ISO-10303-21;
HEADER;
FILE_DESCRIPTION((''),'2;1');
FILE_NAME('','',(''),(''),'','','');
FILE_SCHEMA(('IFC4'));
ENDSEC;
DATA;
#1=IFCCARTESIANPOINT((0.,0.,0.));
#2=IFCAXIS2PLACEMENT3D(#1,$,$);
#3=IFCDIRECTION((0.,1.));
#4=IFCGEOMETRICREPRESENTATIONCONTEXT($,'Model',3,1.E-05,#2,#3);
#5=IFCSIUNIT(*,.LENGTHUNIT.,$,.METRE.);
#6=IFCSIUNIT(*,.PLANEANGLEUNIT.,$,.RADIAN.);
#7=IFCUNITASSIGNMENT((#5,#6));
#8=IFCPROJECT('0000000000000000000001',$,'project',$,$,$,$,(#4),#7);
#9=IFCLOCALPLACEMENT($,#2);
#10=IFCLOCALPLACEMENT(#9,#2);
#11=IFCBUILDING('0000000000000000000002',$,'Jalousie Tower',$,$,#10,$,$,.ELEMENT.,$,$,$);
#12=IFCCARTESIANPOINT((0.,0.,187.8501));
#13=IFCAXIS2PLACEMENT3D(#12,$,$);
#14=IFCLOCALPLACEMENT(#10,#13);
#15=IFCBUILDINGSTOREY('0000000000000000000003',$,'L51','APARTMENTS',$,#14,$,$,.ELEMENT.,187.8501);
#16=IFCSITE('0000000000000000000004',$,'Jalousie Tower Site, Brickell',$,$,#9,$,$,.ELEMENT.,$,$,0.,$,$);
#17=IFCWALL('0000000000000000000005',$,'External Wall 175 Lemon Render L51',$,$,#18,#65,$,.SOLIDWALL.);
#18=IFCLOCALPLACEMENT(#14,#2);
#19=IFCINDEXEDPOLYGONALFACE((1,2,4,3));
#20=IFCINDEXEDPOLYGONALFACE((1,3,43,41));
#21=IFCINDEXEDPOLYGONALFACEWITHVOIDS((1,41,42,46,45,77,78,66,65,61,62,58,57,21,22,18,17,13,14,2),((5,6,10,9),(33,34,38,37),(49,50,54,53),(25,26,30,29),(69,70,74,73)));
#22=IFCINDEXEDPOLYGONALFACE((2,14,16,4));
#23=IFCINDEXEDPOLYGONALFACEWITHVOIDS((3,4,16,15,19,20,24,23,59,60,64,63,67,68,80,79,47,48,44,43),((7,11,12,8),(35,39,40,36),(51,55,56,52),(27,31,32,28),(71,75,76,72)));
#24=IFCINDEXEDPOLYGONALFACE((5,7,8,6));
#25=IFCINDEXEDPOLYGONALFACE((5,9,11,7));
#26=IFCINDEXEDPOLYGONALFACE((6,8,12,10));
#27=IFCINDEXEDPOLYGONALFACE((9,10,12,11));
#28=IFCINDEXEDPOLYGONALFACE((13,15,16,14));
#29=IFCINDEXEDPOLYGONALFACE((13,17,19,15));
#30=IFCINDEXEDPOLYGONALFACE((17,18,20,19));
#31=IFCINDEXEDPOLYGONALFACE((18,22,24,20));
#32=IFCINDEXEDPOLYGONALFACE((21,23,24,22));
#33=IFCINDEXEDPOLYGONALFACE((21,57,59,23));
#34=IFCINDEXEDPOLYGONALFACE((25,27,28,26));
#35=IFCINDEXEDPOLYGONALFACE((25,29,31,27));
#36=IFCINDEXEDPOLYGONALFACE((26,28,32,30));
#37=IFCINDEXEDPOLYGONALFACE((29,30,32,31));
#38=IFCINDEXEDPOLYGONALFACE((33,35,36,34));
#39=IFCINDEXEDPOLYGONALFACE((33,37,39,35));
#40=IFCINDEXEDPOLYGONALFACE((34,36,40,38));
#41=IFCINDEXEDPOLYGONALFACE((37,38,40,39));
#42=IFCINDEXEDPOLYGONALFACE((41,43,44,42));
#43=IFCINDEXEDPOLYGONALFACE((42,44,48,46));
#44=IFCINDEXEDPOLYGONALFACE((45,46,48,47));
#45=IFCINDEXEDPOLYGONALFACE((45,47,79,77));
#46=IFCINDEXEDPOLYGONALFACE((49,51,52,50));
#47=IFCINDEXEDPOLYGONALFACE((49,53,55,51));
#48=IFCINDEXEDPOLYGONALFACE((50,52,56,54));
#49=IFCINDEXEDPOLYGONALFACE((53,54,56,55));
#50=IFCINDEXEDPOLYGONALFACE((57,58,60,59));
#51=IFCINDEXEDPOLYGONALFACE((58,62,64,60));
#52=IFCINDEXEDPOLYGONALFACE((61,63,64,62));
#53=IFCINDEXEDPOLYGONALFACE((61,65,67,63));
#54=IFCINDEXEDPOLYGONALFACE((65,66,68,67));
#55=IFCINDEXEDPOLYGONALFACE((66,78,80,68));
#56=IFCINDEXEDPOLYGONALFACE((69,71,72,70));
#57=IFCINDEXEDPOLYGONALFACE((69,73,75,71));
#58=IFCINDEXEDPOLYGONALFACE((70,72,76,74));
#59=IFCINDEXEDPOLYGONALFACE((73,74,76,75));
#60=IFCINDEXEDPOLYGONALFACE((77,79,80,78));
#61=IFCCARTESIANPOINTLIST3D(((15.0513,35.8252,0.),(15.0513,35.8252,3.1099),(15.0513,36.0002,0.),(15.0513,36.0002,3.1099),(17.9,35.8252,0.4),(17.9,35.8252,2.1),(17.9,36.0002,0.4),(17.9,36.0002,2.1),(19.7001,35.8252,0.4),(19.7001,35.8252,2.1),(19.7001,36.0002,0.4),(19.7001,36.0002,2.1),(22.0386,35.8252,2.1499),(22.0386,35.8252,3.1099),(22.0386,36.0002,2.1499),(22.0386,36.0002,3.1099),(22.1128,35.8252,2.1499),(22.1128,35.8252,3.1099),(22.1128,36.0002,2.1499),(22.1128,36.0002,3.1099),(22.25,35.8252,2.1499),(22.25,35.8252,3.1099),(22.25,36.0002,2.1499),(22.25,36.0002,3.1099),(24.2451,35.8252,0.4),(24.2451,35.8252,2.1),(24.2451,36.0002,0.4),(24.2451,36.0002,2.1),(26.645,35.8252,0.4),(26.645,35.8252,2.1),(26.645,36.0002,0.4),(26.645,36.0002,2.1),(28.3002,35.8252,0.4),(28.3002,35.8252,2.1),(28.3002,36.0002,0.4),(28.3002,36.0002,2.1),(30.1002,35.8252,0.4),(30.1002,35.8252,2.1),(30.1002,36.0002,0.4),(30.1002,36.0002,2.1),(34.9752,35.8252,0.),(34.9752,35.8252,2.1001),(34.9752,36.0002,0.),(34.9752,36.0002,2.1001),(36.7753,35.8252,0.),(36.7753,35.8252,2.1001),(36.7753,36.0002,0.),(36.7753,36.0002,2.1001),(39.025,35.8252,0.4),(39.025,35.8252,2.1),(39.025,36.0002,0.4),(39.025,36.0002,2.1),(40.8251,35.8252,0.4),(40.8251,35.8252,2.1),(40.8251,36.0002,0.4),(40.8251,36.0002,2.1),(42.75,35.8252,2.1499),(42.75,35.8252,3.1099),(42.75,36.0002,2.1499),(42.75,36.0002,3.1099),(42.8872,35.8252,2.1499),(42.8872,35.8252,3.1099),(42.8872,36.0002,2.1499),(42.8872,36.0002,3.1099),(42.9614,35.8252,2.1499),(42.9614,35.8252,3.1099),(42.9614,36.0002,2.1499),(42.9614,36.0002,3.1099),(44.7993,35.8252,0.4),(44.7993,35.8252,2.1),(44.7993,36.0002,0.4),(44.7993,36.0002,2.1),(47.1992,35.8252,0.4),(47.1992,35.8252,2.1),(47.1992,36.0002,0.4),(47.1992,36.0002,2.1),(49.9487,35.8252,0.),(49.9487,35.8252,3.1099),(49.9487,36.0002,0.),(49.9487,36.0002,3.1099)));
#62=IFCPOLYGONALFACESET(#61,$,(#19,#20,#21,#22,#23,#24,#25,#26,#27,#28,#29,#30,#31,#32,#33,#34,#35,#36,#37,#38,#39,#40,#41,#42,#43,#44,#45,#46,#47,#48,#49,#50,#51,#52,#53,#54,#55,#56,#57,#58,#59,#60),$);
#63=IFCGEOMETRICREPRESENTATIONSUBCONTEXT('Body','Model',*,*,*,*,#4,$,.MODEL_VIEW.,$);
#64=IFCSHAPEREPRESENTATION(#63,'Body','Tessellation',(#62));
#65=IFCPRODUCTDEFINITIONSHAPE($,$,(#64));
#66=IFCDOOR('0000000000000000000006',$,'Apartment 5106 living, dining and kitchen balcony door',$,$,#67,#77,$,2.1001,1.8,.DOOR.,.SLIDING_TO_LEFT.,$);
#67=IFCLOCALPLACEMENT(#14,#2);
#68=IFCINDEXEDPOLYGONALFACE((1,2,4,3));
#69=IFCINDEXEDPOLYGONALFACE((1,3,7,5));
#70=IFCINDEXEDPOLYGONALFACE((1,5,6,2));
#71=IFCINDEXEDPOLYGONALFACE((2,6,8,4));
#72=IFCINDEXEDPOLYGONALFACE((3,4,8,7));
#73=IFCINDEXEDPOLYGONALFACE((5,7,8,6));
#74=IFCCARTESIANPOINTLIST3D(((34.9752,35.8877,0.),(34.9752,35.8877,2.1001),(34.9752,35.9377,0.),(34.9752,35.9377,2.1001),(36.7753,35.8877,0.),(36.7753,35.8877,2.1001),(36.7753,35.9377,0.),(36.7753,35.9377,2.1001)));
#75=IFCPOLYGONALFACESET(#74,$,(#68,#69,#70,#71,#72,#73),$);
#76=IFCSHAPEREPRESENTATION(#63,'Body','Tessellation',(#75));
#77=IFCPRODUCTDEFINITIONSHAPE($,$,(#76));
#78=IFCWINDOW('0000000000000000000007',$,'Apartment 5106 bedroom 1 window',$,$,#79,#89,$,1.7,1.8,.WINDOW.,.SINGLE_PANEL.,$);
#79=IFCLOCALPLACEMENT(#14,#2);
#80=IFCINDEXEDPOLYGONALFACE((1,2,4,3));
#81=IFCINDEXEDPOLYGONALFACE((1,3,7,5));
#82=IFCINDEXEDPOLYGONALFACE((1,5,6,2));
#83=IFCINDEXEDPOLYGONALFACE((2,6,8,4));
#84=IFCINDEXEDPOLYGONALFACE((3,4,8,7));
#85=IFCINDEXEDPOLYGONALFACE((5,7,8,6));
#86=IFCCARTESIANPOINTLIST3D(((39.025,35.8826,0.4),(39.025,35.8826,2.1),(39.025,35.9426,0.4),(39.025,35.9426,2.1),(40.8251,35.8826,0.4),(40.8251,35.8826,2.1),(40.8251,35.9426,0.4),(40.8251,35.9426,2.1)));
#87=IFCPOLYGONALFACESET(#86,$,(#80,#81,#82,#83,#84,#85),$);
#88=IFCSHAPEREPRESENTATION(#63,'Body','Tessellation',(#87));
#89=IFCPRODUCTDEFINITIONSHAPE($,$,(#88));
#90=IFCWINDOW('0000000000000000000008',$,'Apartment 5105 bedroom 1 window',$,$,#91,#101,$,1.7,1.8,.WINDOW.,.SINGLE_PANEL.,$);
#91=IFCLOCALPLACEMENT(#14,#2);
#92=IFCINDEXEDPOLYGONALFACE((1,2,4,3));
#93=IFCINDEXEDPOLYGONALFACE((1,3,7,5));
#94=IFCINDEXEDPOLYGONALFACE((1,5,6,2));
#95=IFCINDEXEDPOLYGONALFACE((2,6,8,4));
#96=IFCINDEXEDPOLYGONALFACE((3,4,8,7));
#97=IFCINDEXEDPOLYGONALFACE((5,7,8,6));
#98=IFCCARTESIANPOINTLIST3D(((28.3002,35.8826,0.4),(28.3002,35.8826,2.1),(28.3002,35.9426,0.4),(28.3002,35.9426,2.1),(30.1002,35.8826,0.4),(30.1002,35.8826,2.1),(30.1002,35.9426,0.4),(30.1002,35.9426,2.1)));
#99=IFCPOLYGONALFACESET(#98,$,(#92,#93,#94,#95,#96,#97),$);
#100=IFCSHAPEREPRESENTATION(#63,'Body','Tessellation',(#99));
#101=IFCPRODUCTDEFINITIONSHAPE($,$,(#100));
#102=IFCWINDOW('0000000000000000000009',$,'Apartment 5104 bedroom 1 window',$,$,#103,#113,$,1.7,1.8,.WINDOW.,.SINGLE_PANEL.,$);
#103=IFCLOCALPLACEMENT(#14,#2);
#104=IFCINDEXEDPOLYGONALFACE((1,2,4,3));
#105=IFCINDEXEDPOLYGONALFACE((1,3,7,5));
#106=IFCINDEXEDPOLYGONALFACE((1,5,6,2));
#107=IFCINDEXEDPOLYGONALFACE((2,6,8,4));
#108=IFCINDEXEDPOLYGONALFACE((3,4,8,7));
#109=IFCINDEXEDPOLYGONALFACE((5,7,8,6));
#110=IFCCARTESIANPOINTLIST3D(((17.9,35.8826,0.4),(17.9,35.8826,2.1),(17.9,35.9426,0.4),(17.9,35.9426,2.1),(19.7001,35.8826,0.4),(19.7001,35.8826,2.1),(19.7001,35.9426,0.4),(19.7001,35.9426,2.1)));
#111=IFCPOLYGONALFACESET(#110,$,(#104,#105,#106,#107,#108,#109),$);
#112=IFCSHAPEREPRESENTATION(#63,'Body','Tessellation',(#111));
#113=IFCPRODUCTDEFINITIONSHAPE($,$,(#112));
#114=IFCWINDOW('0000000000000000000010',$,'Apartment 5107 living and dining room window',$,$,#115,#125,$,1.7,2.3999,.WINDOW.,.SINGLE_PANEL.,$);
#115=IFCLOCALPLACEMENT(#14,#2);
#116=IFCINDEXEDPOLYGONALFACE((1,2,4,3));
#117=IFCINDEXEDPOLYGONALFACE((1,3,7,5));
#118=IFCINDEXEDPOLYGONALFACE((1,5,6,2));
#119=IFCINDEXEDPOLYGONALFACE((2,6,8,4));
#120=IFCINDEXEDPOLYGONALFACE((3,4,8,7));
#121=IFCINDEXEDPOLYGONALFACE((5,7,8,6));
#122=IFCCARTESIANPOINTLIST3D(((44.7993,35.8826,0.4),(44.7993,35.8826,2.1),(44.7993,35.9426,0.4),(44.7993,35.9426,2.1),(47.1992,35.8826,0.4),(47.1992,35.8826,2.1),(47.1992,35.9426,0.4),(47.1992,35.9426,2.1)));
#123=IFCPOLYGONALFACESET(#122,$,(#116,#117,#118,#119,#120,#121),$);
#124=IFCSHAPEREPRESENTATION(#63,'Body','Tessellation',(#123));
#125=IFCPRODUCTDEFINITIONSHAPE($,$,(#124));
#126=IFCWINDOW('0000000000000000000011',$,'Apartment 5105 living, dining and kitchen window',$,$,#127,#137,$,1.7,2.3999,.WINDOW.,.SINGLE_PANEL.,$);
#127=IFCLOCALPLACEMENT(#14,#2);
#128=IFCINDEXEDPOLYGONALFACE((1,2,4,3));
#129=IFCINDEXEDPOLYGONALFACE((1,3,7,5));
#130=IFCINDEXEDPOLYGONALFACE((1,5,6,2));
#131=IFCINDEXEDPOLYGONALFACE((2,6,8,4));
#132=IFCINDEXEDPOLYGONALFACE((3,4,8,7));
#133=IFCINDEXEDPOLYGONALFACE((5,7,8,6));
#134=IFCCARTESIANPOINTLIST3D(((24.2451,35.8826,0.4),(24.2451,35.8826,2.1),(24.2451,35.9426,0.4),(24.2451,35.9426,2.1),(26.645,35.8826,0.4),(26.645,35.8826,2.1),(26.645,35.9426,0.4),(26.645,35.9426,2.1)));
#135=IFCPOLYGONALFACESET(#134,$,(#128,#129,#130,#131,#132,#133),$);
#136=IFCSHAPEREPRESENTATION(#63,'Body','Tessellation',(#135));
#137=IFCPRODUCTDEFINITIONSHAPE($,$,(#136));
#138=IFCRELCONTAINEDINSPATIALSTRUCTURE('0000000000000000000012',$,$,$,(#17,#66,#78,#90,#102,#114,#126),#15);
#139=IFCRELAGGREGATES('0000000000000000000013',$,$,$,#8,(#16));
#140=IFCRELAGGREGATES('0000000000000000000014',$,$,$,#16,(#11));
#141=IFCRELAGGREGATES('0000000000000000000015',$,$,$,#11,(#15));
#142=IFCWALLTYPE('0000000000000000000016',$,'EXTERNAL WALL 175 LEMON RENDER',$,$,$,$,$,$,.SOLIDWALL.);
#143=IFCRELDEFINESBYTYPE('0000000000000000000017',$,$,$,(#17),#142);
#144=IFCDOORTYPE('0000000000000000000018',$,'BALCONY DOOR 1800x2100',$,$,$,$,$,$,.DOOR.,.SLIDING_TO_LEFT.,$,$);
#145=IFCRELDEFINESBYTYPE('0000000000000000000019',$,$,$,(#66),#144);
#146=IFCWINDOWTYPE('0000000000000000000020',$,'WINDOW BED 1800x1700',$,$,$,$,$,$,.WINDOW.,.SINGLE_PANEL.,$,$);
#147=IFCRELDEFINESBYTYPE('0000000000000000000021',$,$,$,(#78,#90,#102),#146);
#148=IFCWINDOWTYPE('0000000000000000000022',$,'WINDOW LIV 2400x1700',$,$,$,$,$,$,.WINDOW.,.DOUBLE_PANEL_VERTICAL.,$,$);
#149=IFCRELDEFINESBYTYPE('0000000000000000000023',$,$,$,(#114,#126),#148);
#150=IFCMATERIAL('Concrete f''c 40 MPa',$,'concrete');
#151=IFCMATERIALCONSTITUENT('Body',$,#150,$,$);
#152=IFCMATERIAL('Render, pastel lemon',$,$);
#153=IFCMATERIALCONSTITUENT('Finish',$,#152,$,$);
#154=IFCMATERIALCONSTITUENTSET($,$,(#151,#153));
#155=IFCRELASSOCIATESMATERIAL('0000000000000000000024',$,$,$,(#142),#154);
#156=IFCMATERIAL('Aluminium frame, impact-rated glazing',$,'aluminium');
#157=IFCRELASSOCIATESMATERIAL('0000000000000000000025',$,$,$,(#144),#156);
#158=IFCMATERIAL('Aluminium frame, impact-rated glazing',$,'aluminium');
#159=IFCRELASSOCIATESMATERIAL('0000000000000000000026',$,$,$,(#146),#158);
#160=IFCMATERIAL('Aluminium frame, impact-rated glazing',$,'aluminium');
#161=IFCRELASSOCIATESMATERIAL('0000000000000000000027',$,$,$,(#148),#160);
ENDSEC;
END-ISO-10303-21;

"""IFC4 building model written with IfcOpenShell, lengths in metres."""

from ifc_helpers import new_model, si_unit, direction, frame, frame_2d, origin, place, context, subcontext, project, spatial, polyline, rectangle, outline, extrude, material, constituent, constituent_set, type_object, element, fill, save


model = new_model("IFC4")

# Units and contexts
model_context = context("Model", 3, precision=1e-05, world=origin(), true_north=direction((0.0, 1.0)))
body_context = subcontext(model_context, "Body", "Model", "MODEL_VIEW")
ifc_project = project(units=[si_unit("LENGTHUNIT", "METRE"), si_unit("PLANEANGLEUNIT", "RADIAN")], contexts=[model_context])

# Site, building, storey
site_placement = place(None, origin())
site = spatial("IfcSite", under=ifc_project, at=site_placement, Name="Jalousie Tower Site, Brickell", CompositionType="ELEMENT", RefElevation=0.0)
building_placement = place(site_placement, origin())
building = spatial("IfcBuilding", under=site, at=building_placement, Name="Jalousie Tower", CompositionType="ELEMENT")
storey_placement = place(building_placement, frame((0.0, 0.0, 187.8501)))
storey = spatial("IfcBuildingStorey", under=building, at=storey_placement, Name="L51", Description="APARTMENTS", CompositionType="ELEMENT", Elevation=187.8501)

# Wall, openings, door, windows
ifc_material_1 = material(Name="Concrete f'c 40 MPa", Category="concrete")
ifc_constituent_1 = constituent(ifc_material_1, Name="Body")
ifc_material_2 = material(Name="Render, pastel lemon")
ifc_constituent_2 = constituent(ifc_material_2, Name="Finish")
ifc_constituent_set_1 = constituent_set(constituents=[ifc_constituent_1, ifc_constituent_2])
wall_type_1 = type_object("IfcWallType", Name="EXTERNAL WALL 175 LEMON RENDER", PredefinedType="SOLIDWALL", material=ifc_constituent_set_1)
wall_1_placement = place(storey_placement, frame((49.9487, 35.9126, 0.0), z_axis=(0.0, 0.0, 1.0), x_axis=(-1.0, 0.0, 0.0)))
wall_1 = element("IfcWall", 1, at=wall_1_placement, inside=storey, type_object=wall_type_1, Name="External Wall 175 Lemon Render L51", PredefinedType="SOLIDWALL", context=body_context, shape_type="SweptSolid", body=[
    extrude(outline(polyline([(0.0, 0.0), (34.8975, 0.0), (34.8975, 3.1099), (27.9102, 3.1099), (27.9102, 2.1499), (27.8359, 2.1499), (27.8359, 3.1099), (27.6987, 3.1099), (27.6987, 2.1499), (7.1987, 2.1499), (7.1987, 3.1099), (7.0615, 3.1099), (7.0615, 2.1499), (6.9873, 2.1499), (6.9873, 3.1099), (0.0, 3.1099), (0.0, 0.0)])), frame((0.0, 0.0874, 0.0), z_axis=(0.0, -1.0, 0.0), x_axis=(1.0, 0.0, 0.0)), (0.0, 0.0, 1.0), 0.175),
])
opening_1_placement = place(wall_1_placement, frame((2.7495, 0.0, 0.3999)))
opening_1 = element("IfcOpeningElement", 2, at=opening_1_placement, cuts=wall_1, PredefinedType="OPENING", context=body_context, shape_type="SweptSolid", body=[
    extrude(rectangle(XDim=2.3999, YDim=1.7, at=frame_2d((1.2, 0.8501))), frame((0.0, 0.0974, 0.0), z_axis=(0.0, -1.0, 0.0), x_axis=(1.0, 0.0, 0.0)), (0.0, 0.0, 1.0), 0.1951),
])
opening_2_placement = place(wall_1_placement, frame((9.1238, 0.0, 0.3999)))
opening_2 = element("IfcOpeningElement", 3, at=opening_2_placement, cuts=wall_1, PredefinedType="OPENING", context=body_context, shape_type="SweptSolid", body=[
    extrude(rectangle(XDim=1.8, YDim=1.7, at=frame_2d((0.8999, 0.8501))), frame((0.0, 0.0974, 0.0), z_axis=(0.0, -1.0, 0.0), x_axis=(1.0, 0.0, 0.0)), (0.0, 0.0, 1.0), 0.1951),
])
opening_3_placement = place(wall_1_placement, frame((13.1736, 0.0, 0.0)))
opening_3 = element("IfcOpeningElement", 4, at=opening_3_placement, cuts=wall_1, PredefinedType="OPENING", context=body_context, shape_type="SweptSolid", body=[
    extrude(rectangle(XDim=1.8, YDim=2.1001, at=frame_2d((0.8999, 1.05))), frame((0.0, 0.0974, 0.0), z_axis=(0.0, -1.0, 0.0), x_axis=(1.0, 0.0, 0.0)), (0.0, 0.0, 1.0), 0.1951),
])
opening_4_placement = place(wall_1_placement, frame((19.8486, 0.0, 0.3999)))
opening_4 = element("IfcOpeningElement", 5, at=opening_4_placement, cuts=wall_1, PredefinedType="OPENING", context=body_context, shape_type="SweptSolid", body=[
    extrude(rectangle(XDim=1.8, YDim=1.7, at=frame_2d((0.8999, 0.8501))), frame((0.0, 0.0974, 0.0), z_axis=(0.0, -1.0, 0.0), x_axis=(1.0, 0.0, 0.0)), (0.0, 0.0, 1.0), 0.1951),
])
opening_5_placement = place(wall_1_placement, frame((23.3037, 0.0, 0.3999)))
opening_5 = element("IfcOpeningElement", 6, at=opening_5_placement, cuts=wall_1, PredefinedType="OPENING", context=body_context, shape_type="SweptSolid", body=[
    extrude(rectangle(XDim=2.3999, YDim=1.7, at=frame_2d((1.2, 0.8501))), frame((0.0, 0.0974, 0.0), z_axis=(0.0, -1.0, 0.0), x_axis=(1.0, 0.0, 0.0)), (0.0, 0.0, 1.0), 0.1951),
])
opening_6_placement = place(wall_1_placement, frame((30.2488, 0.0, 0.3999)))
opening_6 = element("IfcOpeningElement", 7, at=opening_6_placement, cuts=wall_1, PredefinedType="OPENING", context=body_context, shape_type="SweptSolid", body=[
    extrude(rectangle(XDim=1.8, YDim=1.7, at=frame_2d((0.8999, 0.8501))), frame((0.0, 0.0974, 0.0), z_axis=(0.0, -1.0, 0.0), x_axis=(1.0, 0.0, 0.0)), (0.0, 0.0, 1.0), 0.1951),
])
ifc_material_3 = material(Name="Aluminium frame, impact-rated glazing", Category="aluminium")
door_type_1 = type_object("IfcDoorType", Name="BALCONY DOOR 1800x2100", OperationType="SLIDING_TO_LEFT", PredefinedType="DOOR", material=ifc_material_3)
door_1_placement = place(opening_3_placement, origin())
door_1 = element("IfcDoor", 8, at=door_1_placement, inside=storey, type_object=door_type_1, Name="Apartment 5106 living, dining and kitchen balcony door", OperationType="SLIDING_TO_LEFT", OverallHeight=2.1001, OverallWidth=1.8, PredefinedType="DOOR", context=body_context, shape_type="SweptSolid", body=[
    extrude(rectangle(XDim=1.8, YDim=2.1001, at=frame_2d((0.8999, 1.05))), frame((0.0, 0.0249, 0.0), z_axis=(0.0, -1.0, 0.0), x_axis=(1.0, 0.0, 0.0)), (0.0, 0.0, 1.0), 0.05),
])
fill(opening_3, door_1)
ifc_material_4 = material(Name="Aluminium frame, impact-rated glazing", Category="aluminium")
window_type_1 = type_object("IfcWindowType", Name="WINDOW BED 1800x1700", PartitioningType="SINGLE_PANEL", PredefinedType="WINDOW", material=ifc_material_4)
window_1_placement = place(opening_2_placement, origin())
window_1 = element("IfcWindow", 9, at=window_1_placement, inside=storey, type_object=window_type_1, Name="Apartment 5106 bedroom 1 window", OverallHeight=1.7, OverallWidth=1.8, PartitioningType="SINGLE_PANEL", PredefinedType="WINDOW", context=body_context, shape_type="SweptSolid", body=[
    extrude(rectangle(XDim=1.8, YDim=1.7, at=frame_2d((0.8999, 0.8501))), frame((0.0, 0.03, 0.0), z_axis=(0.0, -1.0, 0.0), x_axis=(1.0, 0.0, 0.0)), (0.0, 0.0, 1.0), 0.0601),
])
fill(opening_2, window_1)
window_2_placement = place(opening_4_placement, origin())
window_2 = element("IfcWindow", 10, at=window_2_placement, inside=storey, type_object=window_type_1, Name="Apartment 5105 bedroom 1 window", OverallHeight=1.7, OverallWidth=1.8, PartitioningType="SINGLE_PANEL", PredefinedType="WINDOW", context=body_context, shape_type="SweptSolid", body=[
    extrude(rectangle(XDim=1.8, YDim=1.7, at=frame_2d((0.8999, 0.8501))), frame((0.0, 0.03, 0.0), z_axis=(0.0, -1.0, 0.0), x_axis=(1.0, 0.0, 0.0)), (0.0, 0.0, 1.0), 0.0601),
])
fill(opening_4, window_2)
window_3_placement = place(opening_6_placement, origin())
window_3 = element("IfcWindow", 11, at=window_3_placement, inside=storey, type_object=window_type_1, Name="Apartment 5104 bedroom 1 window", OverallHeight=1.7, OverallWidth=1.8, PartitioningType="SINGLE_PANEL", PredefinedType="WINDOW", context=body_context, shape_type="SweptSolid", body=[
    extrude(rectangle(XDim=1.8, YDim=1.7, at=frame_2d((0.8999, 0.8501))), frame((0.0, 0.03, 0.0), z_axis=(0.0, -1.0, 0.0), x_axis=(1.0, 0.0, 0.0)), (0.0, 0.0, 1.0), 0.0601),
])
fill(opening_6, window_3)
ifc_material_5 = material(Name="Aluminium frame, impact-rated glazing", Category="aluminium")
window_type_2 = type_object("IfcWindowType", Name="WINDOW LIV 2400x1700", PartitioningType="DOUBLE_PANEL_VERTICAL", PredefinedType="WINDOW", material=ifc_material_5)
window_4_placement = place(opening_1_placement, origin())
window_4 = element("IfcWindow", 12, at=window_4_placement, inside=storey, type_object=window_type_2, Name="Apartment 5107 living and dining room window", OverallHeight=1.7, OverallWidth=2.3999, PartitioningType="SINGLE_PANEL", PredefinedType="WINDOW", context=body_context, shape_type="SweptSolid", body=[
    extrude(rectangle(XDim=2.3999, YDim=1.7, at=frame_2d((1.2, 0.8501))), frame((0.0, 0.03, 0.0), z_axis=(0.0, -1.0, 0.0), x_axis=(1.0, 0.0, 0.0)), (0.0, 0.0, 1.0), 0.0601),
])
fill(opening_1, window_4)
window_5_placement = place(opening_5_placement, origin())
window_5 = element("IfcWindow", 13, at=window_5_placement, inside=storey, type_object=window_type_2, Name="Apartment 5105 living, dining and kitchen window", OverallHeight=1.7, OverallWidth=2.3999, PartitioningType="SINGLE_PANEL", PredefinedType="WINDOW", context=body_context, shape_type="SweptSolid", body=[
    extrude(rectangle(XDim=2.3999, YDim=1.7, at=frame_2d((1.2, 0.8501))), frame((0.0, 0.03, 0.0), z_axis=(0.0, -1.0, 0.0), x_axis=(1.0, 0.0, 0.0)), (0.0, 0.0, 1.0), 0.0601),
])
fill(opening_5, window_5)

save(model, "model.ifc")
